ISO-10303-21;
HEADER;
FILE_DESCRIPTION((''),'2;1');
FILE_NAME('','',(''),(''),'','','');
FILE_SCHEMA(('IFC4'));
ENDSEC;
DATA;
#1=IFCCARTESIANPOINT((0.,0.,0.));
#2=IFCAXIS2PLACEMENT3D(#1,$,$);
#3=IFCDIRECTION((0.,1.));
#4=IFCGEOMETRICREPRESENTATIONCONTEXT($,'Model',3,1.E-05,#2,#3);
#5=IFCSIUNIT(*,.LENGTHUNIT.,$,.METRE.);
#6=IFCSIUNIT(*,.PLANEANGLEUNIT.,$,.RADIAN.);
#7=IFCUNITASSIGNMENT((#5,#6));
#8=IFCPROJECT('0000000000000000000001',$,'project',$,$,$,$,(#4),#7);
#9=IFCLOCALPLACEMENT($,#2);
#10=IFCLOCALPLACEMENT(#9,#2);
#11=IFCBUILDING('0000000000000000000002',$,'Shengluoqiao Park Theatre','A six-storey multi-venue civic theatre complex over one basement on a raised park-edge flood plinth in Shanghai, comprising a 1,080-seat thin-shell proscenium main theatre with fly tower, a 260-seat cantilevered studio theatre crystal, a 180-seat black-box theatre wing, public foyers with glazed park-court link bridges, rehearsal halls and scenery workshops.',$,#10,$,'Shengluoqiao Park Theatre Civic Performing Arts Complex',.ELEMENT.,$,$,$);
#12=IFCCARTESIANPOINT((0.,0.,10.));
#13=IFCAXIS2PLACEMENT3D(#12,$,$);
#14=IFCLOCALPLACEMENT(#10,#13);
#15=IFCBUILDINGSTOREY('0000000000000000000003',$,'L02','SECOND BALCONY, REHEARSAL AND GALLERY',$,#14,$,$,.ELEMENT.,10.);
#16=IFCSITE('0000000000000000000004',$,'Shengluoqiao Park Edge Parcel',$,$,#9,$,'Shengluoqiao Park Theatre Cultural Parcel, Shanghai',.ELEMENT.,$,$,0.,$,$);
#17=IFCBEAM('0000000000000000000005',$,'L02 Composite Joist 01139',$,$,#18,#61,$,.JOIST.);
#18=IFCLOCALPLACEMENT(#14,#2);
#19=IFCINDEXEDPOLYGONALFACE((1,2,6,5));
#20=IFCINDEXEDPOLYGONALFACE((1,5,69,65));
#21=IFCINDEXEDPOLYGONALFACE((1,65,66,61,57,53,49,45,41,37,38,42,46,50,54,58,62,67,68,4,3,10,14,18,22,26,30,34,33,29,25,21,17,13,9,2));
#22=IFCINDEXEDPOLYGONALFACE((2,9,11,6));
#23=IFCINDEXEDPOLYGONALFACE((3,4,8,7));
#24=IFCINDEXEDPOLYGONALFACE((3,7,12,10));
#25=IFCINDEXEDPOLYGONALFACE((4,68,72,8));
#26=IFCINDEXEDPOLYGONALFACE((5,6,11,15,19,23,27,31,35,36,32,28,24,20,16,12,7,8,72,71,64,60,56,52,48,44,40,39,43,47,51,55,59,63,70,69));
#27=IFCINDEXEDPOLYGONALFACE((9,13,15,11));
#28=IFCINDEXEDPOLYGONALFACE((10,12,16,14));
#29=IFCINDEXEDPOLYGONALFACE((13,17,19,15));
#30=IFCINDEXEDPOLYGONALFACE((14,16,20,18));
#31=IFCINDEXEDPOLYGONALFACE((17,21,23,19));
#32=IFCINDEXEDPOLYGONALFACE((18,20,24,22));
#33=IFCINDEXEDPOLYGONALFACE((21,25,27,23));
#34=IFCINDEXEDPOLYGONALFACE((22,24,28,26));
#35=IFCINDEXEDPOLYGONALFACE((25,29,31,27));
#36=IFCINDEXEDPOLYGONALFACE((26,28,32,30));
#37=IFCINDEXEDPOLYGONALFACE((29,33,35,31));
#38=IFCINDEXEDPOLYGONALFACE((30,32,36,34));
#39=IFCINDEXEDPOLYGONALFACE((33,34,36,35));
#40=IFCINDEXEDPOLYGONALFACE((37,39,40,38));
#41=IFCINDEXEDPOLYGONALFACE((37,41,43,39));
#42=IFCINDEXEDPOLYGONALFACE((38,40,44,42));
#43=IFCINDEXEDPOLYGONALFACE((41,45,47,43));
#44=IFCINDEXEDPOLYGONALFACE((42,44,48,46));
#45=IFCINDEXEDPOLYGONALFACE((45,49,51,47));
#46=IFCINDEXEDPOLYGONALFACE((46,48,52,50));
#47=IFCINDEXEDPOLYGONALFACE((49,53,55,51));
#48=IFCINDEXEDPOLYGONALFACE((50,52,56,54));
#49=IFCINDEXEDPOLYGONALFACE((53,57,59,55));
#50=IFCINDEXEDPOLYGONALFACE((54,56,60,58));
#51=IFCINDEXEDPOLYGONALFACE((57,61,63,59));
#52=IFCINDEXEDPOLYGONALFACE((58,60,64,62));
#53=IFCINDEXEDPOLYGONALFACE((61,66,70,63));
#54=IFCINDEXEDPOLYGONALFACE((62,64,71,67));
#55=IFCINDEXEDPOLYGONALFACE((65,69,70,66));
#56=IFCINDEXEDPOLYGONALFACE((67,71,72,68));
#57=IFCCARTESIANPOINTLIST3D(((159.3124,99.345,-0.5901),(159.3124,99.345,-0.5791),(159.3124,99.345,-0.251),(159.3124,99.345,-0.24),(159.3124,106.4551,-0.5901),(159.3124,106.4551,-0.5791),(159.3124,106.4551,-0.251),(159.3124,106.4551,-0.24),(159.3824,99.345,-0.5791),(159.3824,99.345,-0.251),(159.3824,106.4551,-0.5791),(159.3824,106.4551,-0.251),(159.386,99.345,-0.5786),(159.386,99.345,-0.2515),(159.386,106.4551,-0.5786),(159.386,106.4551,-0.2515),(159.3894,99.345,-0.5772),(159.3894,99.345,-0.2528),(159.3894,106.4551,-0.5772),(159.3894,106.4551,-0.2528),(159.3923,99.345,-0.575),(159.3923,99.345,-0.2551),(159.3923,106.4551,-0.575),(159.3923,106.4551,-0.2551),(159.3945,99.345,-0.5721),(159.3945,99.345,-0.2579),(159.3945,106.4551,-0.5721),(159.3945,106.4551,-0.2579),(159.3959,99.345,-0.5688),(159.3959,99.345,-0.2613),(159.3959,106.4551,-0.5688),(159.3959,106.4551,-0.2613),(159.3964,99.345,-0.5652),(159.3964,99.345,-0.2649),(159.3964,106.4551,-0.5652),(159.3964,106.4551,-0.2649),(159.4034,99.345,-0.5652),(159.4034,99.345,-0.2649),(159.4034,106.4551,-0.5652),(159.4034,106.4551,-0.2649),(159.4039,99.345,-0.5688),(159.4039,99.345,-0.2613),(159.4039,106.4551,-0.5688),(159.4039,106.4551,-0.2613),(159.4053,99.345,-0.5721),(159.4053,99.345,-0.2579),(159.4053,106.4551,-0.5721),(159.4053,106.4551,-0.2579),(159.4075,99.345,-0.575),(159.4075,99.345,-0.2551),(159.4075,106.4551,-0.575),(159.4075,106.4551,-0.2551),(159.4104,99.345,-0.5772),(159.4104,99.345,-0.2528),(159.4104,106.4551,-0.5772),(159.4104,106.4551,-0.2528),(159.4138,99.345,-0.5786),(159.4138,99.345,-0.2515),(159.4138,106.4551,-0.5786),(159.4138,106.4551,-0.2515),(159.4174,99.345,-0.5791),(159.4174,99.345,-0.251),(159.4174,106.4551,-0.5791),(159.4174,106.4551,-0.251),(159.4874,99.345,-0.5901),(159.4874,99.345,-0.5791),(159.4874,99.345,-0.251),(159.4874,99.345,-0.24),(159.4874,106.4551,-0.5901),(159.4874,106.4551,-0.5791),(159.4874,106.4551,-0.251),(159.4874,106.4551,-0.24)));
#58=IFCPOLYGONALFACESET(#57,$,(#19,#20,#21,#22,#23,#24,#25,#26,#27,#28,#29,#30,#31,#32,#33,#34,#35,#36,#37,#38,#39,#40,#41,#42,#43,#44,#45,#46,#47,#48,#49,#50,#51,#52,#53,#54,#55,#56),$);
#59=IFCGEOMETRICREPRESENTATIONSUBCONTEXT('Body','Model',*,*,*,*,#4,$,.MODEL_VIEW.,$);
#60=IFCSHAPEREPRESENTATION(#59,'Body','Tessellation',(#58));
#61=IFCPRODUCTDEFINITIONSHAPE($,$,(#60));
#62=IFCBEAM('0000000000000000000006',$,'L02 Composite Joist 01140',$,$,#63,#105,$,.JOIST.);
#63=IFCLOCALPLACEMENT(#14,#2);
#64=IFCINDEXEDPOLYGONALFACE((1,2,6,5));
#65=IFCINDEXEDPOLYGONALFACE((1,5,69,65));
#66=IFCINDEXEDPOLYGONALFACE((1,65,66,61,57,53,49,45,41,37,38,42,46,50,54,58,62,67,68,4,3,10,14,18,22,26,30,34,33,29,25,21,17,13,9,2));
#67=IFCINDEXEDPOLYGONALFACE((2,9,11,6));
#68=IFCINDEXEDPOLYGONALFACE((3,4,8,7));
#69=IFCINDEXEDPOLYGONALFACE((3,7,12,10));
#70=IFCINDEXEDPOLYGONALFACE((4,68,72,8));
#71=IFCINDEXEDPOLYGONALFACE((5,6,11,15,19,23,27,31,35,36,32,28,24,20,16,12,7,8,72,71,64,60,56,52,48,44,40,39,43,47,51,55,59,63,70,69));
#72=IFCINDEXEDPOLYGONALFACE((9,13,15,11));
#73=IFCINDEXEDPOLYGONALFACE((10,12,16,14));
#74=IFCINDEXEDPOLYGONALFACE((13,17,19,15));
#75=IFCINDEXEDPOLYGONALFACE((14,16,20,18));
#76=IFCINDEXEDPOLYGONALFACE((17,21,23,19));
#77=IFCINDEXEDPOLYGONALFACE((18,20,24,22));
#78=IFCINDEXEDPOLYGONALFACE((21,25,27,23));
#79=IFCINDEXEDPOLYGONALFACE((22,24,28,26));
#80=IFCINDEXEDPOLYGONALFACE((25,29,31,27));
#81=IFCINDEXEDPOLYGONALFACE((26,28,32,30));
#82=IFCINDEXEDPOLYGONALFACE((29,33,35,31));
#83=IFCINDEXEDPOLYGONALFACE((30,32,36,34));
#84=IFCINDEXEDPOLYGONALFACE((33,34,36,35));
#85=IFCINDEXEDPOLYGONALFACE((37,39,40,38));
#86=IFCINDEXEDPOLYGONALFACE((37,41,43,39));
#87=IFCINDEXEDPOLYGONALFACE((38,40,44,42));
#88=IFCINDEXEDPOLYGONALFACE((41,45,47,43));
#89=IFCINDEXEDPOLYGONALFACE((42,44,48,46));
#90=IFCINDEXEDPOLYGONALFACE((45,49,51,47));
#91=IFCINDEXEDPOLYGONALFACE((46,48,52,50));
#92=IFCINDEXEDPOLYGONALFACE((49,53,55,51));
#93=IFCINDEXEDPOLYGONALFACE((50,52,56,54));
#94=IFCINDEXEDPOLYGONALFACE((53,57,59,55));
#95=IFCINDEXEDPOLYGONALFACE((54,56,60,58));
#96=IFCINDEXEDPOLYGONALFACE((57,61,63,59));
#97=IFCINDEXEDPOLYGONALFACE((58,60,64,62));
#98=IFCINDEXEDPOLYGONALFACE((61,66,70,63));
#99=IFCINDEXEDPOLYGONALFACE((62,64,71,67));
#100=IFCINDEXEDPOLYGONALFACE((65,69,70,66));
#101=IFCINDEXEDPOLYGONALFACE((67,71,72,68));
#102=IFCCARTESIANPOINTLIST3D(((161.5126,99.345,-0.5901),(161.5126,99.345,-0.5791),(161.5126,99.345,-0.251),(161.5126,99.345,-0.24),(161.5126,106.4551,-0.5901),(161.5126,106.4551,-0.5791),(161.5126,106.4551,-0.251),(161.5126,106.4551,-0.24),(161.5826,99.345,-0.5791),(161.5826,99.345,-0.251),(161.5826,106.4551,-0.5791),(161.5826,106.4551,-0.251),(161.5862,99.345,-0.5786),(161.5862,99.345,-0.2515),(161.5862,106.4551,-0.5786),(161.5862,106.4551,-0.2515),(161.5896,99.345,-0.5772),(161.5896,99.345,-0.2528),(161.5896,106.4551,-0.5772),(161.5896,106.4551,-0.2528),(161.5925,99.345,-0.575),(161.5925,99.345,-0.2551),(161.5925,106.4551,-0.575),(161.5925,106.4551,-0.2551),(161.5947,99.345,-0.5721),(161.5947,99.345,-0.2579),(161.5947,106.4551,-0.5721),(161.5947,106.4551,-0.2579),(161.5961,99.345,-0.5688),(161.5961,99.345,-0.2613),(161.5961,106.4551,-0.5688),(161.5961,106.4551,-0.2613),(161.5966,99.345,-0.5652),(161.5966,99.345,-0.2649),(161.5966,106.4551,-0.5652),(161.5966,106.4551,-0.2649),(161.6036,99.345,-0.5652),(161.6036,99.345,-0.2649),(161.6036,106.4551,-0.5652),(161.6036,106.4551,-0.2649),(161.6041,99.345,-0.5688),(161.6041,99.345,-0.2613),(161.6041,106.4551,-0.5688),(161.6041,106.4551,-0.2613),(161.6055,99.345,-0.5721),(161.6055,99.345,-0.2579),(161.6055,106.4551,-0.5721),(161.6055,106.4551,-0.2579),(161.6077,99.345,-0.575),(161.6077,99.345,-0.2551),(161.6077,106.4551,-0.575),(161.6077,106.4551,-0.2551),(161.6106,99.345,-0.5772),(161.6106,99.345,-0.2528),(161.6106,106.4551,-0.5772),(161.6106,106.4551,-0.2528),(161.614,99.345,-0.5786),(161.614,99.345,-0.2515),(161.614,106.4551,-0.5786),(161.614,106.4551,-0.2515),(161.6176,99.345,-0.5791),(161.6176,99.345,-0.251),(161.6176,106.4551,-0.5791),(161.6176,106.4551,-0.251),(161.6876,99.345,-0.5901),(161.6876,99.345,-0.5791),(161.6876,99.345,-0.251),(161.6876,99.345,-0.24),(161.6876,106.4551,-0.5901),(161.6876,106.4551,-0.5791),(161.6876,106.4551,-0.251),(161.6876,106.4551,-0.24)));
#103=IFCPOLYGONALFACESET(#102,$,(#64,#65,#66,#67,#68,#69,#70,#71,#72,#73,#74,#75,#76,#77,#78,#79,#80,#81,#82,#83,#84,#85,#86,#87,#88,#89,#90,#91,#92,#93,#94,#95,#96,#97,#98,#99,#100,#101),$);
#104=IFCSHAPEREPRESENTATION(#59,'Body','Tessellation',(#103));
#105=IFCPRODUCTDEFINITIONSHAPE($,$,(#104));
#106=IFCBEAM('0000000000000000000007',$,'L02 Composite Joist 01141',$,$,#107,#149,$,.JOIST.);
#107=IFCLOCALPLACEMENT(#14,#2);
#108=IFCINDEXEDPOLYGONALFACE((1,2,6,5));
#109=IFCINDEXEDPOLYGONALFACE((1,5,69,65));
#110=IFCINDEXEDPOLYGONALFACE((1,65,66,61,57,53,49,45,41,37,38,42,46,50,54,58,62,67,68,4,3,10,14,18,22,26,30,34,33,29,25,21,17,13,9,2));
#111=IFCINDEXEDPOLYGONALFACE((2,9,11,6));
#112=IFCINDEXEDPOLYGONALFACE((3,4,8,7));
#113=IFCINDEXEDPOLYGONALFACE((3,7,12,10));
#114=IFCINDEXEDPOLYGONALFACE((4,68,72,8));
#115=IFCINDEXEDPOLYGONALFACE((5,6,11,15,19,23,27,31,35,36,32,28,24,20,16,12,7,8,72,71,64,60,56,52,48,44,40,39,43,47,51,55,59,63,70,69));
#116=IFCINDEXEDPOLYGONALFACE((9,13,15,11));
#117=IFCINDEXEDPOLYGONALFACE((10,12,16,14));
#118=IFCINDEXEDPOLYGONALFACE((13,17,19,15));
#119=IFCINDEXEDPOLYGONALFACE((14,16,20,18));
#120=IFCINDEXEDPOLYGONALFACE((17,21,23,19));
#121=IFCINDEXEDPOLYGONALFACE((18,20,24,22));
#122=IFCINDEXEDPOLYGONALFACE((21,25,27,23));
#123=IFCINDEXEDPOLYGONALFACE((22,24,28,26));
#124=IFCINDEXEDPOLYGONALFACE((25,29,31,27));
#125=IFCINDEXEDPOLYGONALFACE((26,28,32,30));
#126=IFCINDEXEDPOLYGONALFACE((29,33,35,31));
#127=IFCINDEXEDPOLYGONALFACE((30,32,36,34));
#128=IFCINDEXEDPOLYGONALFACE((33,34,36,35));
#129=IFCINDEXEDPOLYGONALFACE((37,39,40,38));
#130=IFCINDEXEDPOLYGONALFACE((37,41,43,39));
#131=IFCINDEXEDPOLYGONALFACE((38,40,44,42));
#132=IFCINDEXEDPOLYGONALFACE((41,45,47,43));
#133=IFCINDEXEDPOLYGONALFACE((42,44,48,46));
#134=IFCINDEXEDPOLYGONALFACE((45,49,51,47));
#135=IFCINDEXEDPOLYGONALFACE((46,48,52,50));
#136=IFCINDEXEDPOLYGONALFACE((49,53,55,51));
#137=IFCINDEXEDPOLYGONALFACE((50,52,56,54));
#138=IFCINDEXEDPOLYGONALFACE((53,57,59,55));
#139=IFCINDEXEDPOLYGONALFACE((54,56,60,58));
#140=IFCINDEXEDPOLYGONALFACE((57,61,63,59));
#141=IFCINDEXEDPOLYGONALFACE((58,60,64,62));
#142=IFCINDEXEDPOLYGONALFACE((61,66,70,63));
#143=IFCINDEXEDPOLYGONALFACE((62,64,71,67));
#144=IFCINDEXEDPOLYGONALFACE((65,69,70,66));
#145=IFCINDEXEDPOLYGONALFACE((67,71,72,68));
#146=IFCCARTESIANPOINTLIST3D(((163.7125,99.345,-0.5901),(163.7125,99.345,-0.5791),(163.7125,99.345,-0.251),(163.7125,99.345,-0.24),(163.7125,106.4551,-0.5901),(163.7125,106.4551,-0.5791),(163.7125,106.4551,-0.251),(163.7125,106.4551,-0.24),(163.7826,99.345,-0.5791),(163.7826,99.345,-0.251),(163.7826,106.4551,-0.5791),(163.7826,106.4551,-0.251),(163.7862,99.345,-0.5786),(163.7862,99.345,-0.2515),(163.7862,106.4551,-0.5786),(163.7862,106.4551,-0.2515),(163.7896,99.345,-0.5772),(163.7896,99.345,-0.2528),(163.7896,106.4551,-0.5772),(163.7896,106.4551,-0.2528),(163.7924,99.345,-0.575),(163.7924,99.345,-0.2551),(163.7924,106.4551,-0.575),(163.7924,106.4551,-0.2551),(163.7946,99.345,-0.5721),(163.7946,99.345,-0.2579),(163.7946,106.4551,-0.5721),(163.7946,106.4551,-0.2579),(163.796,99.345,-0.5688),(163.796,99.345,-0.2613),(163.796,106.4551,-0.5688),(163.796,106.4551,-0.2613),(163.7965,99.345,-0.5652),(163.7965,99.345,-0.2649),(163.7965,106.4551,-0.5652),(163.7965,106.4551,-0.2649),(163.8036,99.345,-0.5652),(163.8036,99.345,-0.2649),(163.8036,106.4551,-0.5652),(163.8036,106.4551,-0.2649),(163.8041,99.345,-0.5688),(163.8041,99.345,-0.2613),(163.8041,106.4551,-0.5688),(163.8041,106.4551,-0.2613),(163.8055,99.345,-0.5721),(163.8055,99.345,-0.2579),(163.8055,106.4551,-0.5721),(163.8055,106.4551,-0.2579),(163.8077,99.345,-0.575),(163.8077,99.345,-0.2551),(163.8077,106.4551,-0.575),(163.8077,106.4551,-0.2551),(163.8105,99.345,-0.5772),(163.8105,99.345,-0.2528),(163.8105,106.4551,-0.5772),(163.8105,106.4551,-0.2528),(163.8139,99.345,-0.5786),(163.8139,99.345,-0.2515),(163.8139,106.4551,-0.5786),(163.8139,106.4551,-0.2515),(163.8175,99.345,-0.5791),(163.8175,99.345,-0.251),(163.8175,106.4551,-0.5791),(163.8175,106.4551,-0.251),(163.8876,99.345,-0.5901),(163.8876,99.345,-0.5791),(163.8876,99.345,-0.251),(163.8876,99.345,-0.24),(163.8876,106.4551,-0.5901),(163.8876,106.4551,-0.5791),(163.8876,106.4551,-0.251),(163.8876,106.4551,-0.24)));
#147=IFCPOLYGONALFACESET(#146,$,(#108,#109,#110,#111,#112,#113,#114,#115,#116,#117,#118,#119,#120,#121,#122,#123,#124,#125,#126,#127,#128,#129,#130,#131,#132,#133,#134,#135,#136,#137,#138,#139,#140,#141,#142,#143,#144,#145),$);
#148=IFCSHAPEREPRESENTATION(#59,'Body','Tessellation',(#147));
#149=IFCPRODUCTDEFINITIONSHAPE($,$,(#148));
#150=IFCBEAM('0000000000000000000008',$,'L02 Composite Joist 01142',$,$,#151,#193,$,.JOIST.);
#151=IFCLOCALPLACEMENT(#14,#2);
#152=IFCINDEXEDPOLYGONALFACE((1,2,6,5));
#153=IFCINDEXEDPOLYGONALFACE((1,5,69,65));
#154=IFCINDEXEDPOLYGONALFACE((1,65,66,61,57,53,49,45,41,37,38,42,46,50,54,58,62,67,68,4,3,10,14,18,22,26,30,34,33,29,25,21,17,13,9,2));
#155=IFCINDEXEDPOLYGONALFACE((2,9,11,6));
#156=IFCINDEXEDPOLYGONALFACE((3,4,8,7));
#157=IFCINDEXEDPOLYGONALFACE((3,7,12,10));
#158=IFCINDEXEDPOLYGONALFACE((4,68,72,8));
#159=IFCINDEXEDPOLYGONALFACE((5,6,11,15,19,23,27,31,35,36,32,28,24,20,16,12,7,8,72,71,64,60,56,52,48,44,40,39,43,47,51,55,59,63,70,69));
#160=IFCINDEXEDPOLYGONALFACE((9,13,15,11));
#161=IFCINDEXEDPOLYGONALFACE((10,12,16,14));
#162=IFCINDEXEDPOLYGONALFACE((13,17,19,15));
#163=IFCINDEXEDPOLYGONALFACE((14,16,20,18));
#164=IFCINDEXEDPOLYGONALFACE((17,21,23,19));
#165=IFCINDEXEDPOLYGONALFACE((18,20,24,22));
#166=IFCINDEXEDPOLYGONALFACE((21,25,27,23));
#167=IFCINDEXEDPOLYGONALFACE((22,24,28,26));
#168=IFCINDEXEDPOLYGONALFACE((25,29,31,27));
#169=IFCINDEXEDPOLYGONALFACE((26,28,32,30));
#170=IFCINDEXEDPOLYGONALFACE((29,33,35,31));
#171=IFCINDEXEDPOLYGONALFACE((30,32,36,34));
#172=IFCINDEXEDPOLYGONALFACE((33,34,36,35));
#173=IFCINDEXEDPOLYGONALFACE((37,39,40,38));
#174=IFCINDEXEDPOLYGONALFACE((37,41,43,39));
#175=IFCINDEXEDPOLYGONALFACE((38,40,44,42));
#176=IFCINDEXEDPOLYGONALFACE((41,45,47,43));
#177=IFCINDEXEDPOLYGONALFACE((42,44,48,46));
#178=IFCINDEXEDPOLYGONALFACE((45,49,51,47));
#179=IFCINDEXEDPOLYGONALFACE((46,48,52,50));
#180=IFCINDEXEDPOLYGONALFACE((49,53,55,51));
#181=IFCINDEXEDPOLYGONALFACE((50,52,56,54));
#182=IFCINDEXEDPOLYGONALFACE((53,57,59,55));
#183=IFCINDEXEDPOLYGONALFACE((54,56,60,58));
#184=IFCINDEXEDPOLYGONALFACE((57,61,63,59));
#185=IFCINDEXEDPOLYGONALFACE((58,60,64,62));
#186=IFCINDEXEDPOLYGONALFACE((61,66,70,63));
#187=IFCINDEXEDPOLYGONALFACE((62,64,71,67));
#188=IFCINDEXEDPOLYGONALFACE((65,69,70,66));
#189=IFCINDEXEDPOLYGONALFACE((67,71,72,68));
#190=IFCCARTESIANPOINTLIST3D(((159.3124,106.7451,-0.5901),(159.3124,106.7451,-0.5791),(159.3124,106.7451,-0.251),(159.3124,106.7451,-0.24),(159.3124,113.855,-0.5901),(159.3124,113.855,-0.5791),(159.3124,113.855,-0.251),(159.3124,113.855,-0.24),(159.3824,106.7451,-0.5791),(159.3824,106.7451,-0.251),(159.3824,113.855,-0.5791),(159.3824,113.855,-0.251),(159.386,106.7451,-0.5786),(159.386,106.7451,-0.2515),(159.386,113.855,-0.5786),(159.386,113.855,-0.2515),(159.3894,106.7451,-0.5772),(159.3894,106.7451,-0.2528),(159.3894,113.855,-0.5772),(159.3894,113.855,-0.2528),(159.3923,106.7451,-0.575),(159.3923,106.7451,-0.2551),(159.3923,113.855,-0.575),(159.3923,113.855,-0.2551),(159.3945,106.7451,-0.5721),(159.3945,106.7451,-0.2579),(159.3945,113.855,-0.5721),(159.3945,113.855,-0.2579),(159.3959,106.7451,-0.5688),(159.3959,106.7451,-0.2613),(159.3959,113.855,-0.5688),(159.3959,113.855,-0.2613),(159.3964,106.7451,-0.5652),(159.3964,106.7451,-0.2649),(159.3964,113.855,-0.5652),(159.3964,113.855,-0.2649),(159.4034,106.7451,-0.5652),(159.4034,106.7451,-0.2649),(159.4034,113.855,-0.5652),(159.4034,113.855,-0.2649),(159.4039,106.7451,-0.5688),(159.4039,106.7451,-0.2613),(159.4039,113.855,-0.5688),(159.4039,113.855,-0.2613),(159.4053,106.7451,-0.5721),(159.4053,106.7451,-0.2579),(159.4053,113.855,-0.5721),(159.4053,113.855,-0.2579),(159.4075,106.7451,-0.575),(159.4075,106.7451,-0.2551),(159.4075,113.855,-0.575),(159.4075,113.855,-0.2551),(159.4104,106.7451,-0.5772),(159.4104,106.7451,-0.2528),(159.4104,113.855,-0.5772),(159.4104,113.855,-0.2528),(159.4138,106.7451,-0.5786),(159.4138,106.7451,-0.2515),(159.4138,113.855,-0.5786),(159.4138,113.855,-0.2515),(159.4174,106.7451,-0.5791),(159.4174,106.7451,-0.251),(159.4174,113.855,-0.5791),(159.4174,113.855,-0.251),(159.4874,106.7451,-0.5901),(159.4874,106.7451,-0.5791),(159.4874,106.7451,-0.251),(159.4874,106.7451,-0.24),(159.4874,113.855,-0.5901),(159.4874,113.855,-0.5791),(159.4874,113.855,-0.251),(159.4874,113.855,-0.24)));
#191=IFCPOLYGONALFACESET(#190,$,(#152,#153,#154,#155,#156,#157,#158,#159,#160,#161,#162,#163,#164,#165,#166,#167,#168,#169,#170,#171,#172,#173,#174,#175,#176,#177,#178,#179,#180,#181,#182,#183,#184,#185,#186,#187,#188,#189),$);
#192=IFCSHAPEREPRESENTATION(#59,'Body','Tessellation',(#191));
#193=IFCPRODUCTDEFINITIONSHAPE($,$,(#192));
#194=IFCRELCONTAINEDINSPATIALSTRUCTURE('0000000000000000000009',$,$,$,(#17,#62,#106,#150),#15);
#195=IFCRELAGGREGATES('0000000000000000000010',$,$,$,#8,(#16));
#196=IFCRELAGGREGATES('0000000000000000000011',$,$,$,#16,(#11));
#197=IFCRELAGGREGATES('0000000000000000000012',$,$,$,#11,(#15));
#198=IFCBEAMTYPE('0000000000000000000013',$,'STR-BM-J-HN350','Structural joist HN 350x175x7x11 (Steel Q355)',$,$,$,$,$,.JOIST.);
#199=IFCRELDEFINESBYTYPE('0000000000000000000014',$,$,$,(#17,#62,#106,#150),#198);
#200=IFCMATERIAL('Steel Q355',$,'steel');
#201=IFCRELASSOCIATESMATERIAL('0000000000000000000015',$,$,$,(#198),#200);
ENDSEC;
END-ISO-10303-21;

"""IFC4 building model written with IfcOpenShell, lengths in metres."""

from ifc_helpers import new_model, si_unit, direction, frame, origin, origin_2d, place, context, subcontext, project, spatial, i_section, extrude, material, material_profile, profile_set, type_object, element, save


model = new_model("IFC4")

# Units and contexts
model_context = context("Model", 3, precision=1e-05, world=origin(), true_north=direction((0.0, 1.0)))
body_context = subcontext(model_context, "Body", "Model", "MODEL_VIEW")
ifc_project = project(units=[si_unit("LENGTHUNIT", "METRE"), si_unit("PLANEANGLEUNIT", "RADIAN")], contexts=[model_context])

# Site, building, storey
site_placement = place(None, origin())
site = spatial("IfcSite", under=ifc_project, at=site_placement, Name="Shengluoqiao Park Edge Parcel", LongName="Shengluoqiao Park Theatre Cultural Parcel, Shanghai", CompositionType="ELEMENT", RefElevation=0.0)
building_placement = place(site_placement, origin())
building = spatial("IfcBuilding", under=site, at=building_placement, Name="Shengluoqiao Park Theatre", Description="A six-storey multi-venue civic theatre complex over one basement on a raised park-edge flood plinth in Shanghai, comprising a 1,080-seat thin-shell proscenium main theatre with fly tower, a 260-seat cantilevered studio theatre crystal, a 180-seat black-box theatre wing, public foyers with glazed park-court link bridges, rehearsal halls and scenery workshops.", LongName="Shengluoqiao Park Theatre Civic Performing Arts Complex", CompositionType="ELEMENT")
storey_placement = place(building_placement, frame((0.0, 0.0, 10.0)))
storey = spatial("IfcBuildingStorey", under=building, at=storey_placement, Name="L02", Description="SECOND BALCONY, REHEARSAL AND GALLERY", CompositionType="ELEMENT", Elevation=10.0)

# Beams
ifc_material_1 = material(Name="Steel Q355", Category="steel")
ifc_material_profile_1 = material_profile(ifc_material_1, i_section(OverallWidth=0.175, OverallDepth=0.3501, WebThickness=0.0071, FlangeThickness=0.011, FilletRadius=0.0139, at=origin_2d()), Name="HN 350x175x7x11")
ifc_profile_set_1 = profile_set([ifc_material_profile_1], Name="Steel Q355")
beam_type_1 = type_object("IfcBeamType", Name="STR-BM-J-HN350", Description="Structural joist HN 350x175x7x11 (Steel Q355)", PredefinedType="JOIST", material=ifc_profile_set_1)
for number, where, z_axis, x_axis, name in (
    (1, (159.3999, 99.345, -0.415), (0.0, 1.0, 0.0), (-1.0, 0.0, 0.0), "L02 Composite Joist 01139"),
    (2, (161.6001, 99.345, -0.415), (0.0, 1.0, 0.0), (-1.0, 0.0, 0.0), "L02 Composite Joist 01140"),
    (3, (163.8, 99.345, -0.415), (0.0, 1.0, 0.0), (-1.0, 0.0, 0.0), "L02 Composite Joist 01141"),
):
    element("IfcBeam", number, at=place(storey_placement, frame(where, z_axis=z_axis, x_axis=x_axis)), inside=storey, type_object=beam_type_1, Name=name, PredefinedType="JOIST", context=body_context, shape_type="SweptSolid", body=[
        extrude(i_section(OverallWidth=0.175, OverallDepth=0.3501, WebThickness=0.0071, FlangeThickness=0.011, FilletRadius=0.0139, at=origin_2d()), origin(), (0.0, 0.0, 1.0), 7.1101),
    ])
for number, where, z_axis, x_axis, name in (
    (4, (159.3999, 106.7451, -0.415), (0.0, 1.0, 0.0), (-1.0, 0.0, 0.0), "L02 Composite Joist 01142"),
):
    element("IfcBeam", number, at=place(storey_placement, frame(where, z_axis=z_axis, x_axis=x_axis)), inside=storey, type_object=beam_type_1, Name=name, PredefinedType="JOIST", context=body_context, shape_type="SweptSolid", body=[
        extrude(i_section(OverallWidth=0.175, OverallDepth=0.3501, WebThickness=0.0071, FlangeThickness=0.011, FilletRadius=0.0139, at=origin_2d()), origin(), (0.0, 0.0, 1.0), 7.1099),
    ])

save(model, "model.ifc")
